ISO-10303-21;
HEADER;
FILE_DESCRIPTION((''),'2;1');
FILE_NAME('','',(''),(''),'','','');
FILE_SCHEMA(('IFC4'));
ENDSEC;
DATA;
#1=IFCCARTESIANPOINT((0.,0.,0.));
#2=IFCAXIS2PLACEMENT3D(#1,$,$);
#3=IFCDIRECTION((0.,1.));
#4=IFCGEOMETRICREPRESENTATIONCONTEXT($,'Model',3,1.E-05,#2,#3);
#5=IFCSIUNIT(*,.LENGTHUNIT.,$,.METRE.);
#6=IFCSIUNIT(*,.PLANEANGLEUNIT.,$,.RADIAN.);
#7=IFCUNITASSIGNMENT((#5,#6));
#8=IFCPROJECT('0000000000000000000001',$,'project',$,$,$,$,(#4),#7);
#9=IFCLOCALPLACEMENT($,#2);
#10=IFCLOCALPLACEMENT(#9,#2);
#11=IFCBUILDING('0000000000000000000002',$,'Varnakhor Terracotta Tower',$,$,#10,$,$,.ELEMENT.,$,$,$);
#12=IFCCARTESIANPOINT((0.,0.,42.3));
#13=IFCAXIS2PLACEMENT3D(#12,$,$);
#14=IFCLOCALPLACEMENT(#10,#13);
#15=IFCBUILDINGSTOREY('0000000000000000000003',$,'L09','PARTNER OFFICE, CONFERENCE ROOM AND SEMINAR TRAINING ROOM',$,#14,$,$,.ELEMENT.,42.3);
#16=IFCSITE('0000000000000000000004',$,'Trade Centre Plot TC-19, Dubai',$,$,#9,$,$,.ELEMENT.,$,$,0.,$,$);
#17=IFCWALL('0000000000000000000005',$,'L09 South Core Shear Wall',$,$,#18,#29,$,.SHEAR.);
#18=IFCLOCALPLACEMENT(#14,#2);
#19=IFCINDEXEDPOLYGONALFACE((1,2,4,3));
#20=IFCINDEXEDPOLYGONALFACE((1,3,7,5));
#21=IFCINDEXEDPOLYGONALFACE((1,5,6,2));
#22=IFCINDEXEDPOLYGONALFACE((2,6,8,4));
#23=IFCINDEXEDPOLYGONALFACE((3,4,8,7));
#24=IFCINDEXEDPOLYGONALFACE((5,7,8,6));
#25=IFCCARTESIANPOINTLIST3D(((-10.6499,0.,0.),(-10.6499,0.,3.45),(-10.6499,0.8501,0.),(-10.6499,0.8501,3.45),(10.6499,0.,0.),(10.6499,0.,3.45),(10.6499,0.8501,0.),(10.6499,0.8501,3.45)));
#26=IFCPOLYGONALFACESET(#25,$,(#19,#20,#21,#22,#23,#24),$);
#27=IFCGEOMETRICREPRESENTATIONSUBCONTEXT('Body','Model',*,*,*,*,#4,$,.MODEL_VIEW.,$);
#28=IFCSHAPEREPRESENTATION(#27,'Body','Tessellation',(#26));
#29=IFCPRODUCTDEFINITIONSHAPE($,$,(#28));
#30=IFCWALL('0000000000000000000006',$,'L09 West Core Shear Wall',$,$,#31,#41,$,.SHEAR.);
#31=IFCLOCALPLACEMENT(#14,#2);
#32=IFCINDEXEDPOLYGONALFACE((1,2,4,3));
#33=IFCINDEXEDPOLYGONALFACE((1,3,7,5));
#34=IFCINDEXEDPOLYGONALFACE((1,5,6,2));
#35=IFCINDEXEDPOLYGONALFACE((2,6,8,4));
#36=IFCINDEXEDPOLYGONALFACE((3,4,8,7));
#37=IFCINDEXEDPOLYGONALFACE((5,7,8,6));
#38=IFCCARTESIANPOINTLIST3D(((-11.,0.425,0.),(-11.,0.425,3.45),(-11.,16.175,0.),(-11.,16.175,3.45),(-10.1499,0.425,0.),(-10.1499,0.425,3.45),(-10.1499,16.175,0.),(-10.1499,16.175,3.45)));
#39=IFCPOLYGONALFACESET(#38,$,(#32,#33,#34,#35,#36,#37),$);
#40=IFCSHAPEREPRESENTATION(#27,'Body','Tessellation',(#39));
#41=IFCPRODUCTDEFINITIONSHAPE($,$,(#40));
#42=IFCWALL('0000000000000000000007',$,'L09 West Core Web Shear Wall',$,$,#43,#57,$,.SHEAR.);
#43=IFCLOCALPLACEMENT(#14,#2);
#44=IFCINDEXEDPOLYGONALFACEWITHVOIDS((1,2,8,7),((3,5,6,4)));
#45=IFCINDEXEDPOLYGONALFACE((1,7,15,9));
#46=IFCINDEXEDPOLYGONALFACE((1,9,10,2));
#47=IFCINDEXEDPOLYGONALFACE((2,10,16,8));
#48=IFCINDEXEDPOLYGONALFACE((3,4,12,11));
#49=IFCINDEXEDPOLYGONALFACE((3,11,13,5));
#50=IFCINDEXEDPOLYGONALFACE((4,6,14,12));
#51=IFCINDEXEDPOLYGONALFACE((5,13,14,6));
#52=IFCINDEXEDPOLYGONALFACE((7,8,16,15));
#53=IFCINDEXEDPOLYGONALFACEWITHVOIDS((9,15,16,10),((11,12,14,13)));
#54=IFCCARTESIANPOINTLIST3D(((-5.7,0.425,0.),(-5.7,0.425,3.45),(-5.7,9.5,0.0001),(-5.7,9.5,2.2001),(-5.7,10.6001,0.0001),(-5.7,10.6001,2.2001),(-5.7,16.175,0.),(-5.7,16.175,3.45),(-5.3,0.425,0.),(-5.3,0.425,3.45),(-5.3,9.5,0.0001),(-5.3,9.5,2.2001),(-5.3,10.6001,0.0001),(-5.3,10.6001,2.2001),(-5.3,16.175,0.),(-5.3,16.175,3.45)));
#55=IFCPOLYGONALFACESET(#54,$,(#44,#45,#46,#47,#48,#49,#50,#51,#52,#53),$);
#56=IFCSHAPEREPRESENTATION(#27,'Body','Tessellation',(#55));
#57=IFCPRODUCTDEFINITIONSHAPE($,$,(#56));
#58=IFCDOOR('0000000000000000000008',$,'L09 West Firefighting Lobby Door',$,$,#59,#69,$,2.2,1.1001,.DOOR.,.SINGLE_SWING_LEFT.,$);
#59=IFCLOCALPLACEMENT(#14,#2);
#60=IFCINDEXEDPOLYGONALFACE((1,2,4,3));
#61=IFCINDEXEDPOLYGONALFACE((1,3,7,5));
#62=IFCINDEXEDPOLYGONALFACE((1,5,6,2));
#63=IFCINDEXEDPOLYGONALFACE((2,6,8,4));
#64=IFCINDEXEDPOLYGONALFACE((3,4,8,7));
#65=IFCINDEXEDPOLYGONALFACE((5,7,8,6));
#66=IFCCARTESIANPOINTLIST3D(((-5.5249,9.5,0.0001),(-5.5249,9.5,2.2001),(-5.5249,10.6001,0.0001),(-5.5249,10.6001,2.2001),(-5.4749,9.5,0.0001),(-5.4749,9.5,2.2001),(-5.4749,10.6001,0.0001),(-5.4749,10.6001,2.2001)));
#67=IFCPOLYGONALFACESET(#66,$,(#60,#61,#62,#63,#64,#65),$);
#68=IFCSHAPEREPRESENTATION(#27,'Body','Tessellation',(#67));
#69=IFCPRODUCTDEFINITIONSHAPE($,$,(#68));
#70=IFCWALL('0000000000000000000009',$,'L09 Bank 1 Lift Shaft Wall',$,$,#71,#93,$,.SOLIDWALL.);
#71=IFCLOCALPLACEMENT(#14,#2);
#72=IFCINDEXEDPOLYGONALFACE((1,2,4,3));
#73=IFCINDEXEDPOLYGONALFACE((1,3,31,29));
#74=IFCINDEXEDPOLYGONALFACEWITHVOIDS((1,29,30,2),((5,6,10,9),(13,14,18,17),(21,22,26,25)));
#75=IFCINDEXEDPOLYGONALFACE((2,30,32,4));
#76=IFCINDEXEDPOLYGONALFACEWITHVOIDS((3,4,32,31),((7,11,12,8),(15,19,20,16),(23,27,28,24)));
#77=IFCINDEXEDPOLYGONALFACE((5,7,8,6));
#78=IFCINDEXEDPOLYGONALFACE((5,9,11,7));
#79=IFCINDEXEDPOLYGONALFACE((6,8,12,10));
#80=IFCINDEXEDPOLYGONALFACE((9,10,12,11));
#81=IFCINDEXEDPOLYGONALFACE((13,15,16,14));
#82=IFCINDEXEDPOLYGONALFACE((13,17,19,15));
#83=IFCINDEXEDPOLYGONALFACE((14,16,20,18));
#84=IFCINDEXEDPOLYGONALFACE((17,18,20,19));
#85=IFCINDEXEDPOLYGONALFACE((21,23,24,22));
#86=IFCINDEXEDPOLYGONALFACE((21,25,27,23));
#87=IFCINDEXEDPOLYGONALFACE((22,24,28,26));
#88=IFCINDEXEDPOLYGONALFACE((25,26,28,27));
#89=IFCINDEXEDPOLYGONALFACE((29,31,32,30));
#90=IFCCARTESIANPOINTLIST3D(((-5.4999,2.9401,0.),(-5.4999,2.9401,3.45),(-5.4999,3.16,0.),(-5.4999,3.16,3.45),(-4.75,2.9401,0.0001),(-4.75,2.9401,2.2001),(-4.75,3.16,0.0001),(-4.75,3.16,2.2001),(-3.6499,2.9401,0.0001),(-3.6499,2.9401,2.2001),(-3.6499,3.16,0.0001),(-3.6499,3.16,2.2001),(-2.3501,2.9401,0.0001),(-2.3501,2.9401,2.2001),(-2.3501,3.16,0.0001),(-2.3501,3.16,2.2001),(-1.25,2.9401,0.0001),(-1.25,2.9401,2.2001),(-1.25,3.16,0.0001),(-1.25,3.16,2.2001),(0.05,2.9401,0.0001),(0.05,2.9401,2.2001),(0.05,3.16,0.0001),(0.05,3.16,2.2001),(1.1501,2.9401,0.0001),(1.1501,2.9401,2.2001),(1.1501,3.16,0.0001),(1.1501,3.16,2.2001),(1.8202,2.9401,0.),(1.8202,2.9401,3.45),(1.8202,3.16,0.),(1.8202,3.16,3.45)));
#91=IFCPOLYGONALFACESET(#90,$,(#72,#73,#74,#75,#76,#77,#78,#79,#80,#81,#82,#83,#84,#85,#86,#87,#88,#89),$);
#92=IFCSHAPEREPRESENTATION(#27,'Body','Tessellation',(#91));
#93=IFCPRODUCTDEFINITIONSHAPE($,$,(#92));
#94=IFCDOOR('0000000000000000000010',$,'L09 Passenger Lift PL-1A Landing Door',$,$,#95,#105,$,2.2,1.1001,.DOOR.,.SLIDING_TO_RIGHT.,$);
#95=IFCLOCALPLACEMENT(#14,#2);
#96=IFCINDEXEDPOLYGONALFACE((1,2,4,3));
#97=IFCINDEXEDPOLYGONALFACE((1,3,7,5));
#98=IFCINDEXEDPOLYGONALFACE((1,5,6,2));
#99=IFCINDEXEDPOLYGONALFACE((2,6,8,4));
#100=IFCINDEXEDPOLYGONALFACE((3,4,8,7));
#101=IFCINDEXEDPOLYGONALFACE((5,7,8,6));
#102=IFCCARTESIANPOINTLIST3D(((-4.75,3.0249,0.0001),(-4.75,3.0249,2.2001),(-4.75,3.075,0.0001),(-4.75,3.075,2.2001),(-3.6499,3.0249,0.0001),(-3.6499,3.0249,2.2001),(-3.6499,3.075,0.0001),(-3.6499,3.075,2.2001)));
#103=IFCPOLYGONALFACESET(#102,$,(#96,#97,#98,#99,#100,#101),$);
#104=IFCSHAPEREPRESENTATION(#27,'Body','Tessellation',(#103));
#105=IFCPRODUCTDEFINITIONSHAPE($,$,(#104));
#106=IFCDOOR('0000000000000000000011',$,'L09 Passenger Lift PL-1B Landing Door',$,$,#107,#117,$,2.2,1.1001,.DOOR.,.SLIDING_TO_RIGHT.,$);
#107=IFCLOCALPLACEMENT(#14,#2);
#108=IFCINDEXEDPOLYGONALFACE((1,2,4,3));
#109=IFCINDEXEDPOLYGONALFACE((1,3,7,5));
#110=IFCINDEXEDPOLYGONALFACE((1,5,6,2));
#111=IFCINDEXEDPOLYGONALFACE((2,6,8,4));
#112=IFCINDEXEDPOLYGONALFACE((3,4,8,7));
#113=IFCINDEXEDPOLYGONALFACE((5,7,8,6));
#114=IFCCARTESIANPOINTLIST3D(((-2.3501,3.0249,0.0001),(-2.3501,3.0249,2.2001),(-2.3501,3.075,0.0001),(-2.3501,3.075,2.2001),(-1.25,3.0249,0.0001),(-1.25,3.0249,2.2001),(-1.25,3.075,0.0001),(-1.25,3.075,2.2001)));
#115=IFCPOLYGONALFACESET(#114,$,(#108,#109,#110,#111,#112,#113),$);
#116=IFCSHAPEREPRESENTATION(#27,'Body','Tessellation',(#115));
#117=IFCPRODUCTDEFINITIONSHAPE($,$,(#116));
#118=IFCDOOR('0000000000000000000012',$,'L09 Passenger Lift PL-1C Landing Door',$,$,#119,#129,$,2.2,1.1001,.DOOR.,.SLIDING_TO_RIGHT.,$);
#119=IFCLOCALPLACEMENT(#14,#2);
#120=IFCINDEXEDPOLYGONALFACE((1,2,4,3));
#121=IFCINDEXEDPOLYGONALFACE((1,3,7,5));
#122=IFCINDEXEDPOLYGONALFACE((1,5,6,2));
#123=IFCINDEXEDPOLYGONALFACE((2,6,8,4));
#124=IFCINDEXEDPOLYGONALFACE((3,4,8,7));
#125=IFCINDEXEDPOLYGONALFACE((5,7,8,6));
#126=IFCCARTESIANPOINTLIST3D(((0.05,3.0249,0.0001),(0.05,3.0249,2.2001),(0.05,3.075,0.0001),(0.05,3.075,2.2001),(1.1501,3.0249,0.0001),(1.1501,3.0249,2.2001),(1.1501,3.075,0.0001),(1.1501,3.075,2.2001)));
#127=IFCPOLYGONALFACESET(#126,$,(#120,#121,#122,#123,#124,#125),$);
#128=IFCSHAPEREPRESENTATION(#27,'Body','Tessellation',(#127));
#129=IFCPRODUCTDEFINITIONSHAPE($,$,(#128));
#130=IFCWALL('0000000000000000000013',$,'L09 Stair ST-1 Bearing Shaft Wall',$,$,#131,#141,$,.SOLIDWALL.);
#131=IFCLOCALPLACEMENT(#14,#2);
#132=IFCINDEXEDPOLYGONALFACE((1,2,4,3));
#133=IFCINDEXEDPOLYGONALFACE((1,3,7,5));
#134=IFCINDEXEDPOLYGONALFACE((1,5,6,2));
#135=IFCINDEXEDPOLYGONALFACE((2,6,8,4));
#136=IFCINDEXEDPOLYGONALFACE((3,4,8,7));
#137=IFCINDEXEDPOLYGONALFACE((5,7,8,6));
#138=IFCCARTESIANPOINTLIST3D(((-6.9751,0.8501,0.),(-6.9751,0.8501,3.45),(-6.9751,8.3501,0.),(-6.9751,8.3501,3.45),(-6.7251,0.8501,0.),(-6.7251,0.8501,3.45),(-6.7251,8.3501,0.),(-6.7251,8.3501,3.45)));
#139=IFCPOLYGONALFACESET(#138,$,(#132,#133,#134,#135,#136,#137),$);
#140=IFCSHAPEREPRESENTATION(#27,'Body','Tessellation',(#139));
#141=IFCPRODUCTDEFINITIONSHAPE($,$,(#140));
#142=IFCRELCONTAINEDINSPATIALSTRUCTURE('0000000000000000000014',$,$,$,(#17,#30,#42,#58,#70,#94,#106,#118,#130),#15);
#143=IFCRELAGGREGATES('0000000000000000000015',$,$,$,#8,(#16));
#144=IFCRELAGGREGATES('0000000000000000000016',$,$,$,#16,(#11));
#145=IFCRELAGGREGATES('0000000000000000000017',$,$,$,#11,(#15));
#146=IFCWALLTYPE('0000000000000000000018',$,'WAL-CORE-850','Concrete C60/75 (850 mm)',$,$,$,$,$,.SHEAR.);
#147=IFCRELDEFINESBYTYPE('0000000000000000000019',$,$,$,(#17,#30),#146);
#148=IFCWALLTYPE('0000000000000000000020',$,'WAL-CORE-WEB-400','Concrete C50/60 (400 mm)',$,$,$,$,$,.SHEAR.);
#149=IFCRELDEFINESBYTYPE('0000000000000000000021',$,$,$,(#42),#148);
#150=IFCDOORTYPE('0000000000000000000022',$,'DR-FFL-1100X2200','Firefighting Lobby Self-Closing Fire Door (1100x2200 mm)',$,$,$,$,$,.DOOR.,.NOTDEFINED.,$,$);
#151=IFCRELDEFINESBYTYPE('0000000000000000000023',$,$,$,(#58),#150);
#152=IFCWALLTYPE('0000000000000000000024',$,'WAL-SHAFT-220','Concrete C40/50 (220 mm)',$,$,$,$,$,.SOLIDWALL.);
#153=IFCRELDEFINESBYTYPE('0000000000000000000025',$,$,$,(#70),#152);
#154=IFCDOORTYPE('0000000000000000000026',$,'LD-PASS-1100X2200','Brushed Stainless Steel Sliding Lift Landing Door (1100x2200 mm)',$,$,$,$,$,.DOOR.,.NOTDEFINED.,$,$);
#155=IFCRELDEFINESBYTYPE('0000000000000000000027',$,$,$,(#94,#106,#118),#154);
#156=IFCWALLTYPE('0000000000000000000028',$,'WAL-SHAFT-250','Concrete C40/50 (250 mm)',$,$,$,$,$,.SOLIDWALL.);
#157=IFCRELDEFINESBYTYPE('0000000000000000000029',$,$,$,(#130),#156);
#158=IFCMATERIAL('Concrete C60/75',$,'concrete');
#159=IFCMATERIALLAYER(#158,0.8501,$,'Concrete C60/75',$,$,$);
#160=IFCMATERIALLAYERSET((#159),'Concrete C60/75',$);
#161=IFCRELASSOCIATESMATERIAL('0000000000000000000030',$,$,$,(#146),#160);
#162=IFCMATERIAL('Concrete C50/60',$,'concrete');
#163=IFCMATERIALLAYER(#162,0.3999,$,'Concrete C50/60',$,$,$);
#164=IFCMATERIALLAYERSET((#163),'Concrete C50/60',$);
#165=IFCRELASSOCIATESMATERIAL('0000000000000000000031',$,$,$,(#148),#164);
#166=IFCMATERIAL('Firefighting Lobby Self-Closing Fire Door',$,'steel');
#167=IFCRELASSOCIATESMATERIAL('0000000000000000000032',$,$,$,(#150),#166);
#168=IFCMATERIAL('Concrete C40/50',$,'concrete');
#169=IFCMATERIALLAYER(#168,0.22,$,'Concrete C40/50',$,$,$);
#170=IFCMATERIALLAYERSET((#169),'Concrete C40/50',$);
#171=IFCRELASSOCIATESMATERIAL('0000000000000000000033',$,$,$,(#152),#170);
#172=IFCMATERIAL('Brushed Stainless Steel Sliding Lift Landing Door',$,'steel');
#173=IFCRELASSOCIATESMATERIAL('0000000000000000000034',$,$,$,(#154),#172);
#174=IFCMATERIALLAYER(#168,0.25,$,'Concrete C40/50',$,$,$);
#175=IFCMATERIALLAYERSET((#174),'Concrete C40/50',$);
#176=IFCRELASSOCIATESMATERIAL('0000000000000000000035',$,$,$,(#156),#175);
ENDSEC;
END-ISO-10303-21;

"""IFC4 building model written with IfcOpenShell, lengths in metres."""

from ifc_helpers import new_model, si_unit, direction, frame, frame_2d, origin, place, context, subcontext, project, spatial, rectangle, extrude, source, transform, mapped, material, layer, layer_set, type_object, type_shapes, element, fill, save


model = new_model("IFC4")

# Units and contexts
model_context = context("Model", 3, precision=1e-05, world=origin(), true_north=direction((0.0, 1.0)))
body_context = subcontext(model_context, "Body", "Model", "MODEL_VIEW")
ifc_project = project(units=[si_unit("LENGTHUNIT", "METRE"), si_unit("PLANEANGLEUNIT", "RADIAN")], contexts=[model_context])

# Site, building, storey
site_placement = place(None, origin())
site = spatial("IfcSite", under=ifc_project, at=site_placement, Name="Trade Centre Plot TC-19, Dubai", CompositionType="ELEMENT", RefElevation=0.0)
building_placement = place(site_placement, origin())
building = spatial("IfcBuilding", under=site, at=building_placement, Name="Varnakhor Terracotta Tower", CompositionType="ELEMENT")
storey_placement = place(building_placement, frame((0.0, 0.0, 42.3)))
storey = spatial("IfcBuildingStorey", under=building, at=storey_placement, Name="L09", Description="PARTNER OFFICE, CONFERENCE ROOM AND SEMINAR TRAINING ROOM", CompositionType="ELEMENT", Elevation=42.3)

# Shared definitions
ifc_material_1 = material(Name="Concrete C50/60", Category="concrete")

# Walls
ifc_material_2 = material(Name="Concrete C60/75", Category="concrete")
ifc_layer_1 = layer(ifc_material_2, 0.8501, Name="Concrete C60/75")
ifc_layer_set_1 = layer_set([ifc_layer_1], Name="Concrete C60/75")
wall_type_1 = type_object("IfcWallType", Name="WAL-CORE-850", Description="Concrete C60/75 (850 mm)", PredefinedType="SHEAR", material=ifc_layer_set_1)
wall_1_placement = place(storey_placement, frame((-10.6499, 0.425, 0.0), z_axis=(0.0, 0.0, 1.0), x_axis=(1.0, 0.0, 0.0)))
element("IfcWall", 1, at=wall_1_placement, inside=storey, type_object=wall_type_1, Name="L09 South Core Shear Wall", PredefinedType="SHEAR", context=body_context, shape_type="SweptSolid", body=[
    extrude(rectangle(XDim=21.2998, YDim=0.8501, at=frame_2d((10.6499, 0.0))), origin(), (0.0, 0.0, 1.0), 3.45),
])
wall_2_placement = place(storey_placement, frame((-10.575, 0.425, 0.0), z_axis=(0.0, 0.0, 1.0), x_axis=(0.0, 1.0, 0.0)))
element("IfcWall", 2, at=wall_2_placement, inside=storey, type_object=wall_type_1, Name="L09 West Core Shear Wall", PredefinedType="SHEAR", context=body_context, shape_type="SweptSolid", body=[
    extrude(rectangle(XDim=15.75, YDim=0.8501, at=frame_2d((7.875, 0.0))), origin(), (0.0, 0.0, 1.0), 3.45),
])

# Wall, opening, door
ifc_layer_2 = layer(ifc_material_1, 0.3999, Name="Concrete C50/60")
ifc_layer_set_2 = layer_set([ifc_layer_2], Name="Concrete C50/60")
wall_type_2 = type_object("IfcWallType", Name="WAL-CORE-WEB-400", Description="Concrete C50/60 (400 mm)", PredefinedType="SHEAR", material=ifc_layer_set_2)
wall_3_placement = place(storey_placement, frame((-5.5, 0.425, 0.0), z_axis=(0.0, 0.0, 1.0), x_axis=(0.0, 1.0, 0.0)))
wall_3 = element("IfcWall", 3, at=wall_3_placement, inside=storey, type_object=wall_type_2, Name="L09 West Core Web Shear Wall", PredefinedType="SHEAR", context=body_context, shape_type="SweptSolid", body=[
    extrude(rectangle(XDim=15.75, YDim=0.3999, at=frame_2d((7.875, 0.0))), origin(), (0.0, 0.0, 1.0), 3.45),
])
opening_1_placement = place(wall_3_placement, frame((9.075, 0.0, 0.0)))
opening_1 = element("IfcOpeningElement", 4, at=opening_1_placement, cuts=wall_3, PredefinedType="OPENING", context=body_context, shape_type="SweptSolid", body=[
    extrude(rectangle(XDim=1.1001, YDim=2.2, at=frame_2d((0.55, 1.1001))), frame((0.0, 0.21, 0.0), z_axis=(0.0, -1.0, 0.0), x_axis=(1.0, 0.0, 0.0)), (0.0, 0.0, 1.0), 0.4199),
])
ifc_material_3 = material(Name="Firefighting Lobby Self-Closing Fire Door", Category="steel")
door_type_1 = type_object("IfcDoorType", Name="DR-FFL-1100X2200", Description="Firefighting Lobby Self-Closing Fire Door (1100x2200 mm)", OperationType="NOTDEFINED", PredefinedType="DOOR", material=ifc_material_3)
shared_shape_1 = source(origin(), body_context, "Body", "SweptSolid", [
    extrude(rectangle(XDim=1.1001, YDim=2.2, at=frame_2d((0.55, 1.1001))), frame((0.0, 0.0249, 0.0), z_axis=(0.0, -1.0, 0.0), x_axis=(1.0, 0.0, 0.0)), (0.0, 0.0, 1.0), 0.05),
])
type_shapes(door_type_1, [shared_shape_1])
door_1_placement = place(opening_1_placement, origin())
door_1 = element("IfcDoor", 5, at=door_1_placement, inside=storey, type_object=door_type_1, Name="L09 West Firefighting Lobby Door", OperationType="SINGLE_SWING_LEFT", OverallHeight=2.2, OverallWidth=1.1001, PredefinedType="DOOR", context=body_context, shape_type="MappedRepresentation", body=[
    mapped(shared_shape_1, transform((0.0, 0.0, 0.0), scale=1.0)),
])
fill(opening_1, door_1)

# Wall, openings, doors
ifc_material_4 = material(Name="Concrete C40/50", Category="concrete")
ifc_layer_3 = layer(ifc_material_4, 0.22, Name="Concrete C40/50")
ifc_layer_set_3 = layer_set([ifc_layer_3], Name="Concrete C40/50")
wall_type_3 = type_object("IfcWallType", Name="WAL-SHAFT-220", Description="Concrete C40/50 (220 mm)", PredefinedType="SOLIDWALL", material=ifc_layer_set_3)
wall_4_placement = place(storey_placement, frame((-5.5, 3.05, 0.0), z_axis=(0.0, 0.0, 1.0), x_axis=(1.0, 0.0, 0.0)))
wall_4 = element("IfcWall", 6, at=wall_4_placement, inside=storey, type_object=wall_type_3, Name="L09 Bank 1 Lift Shaft Wall", PredefinedType="SOLIDWALL", context=body_context, shape_type="SweptSolid", body=[
    extrude(rectangle(XDim=7.3201, YDim=0.22, at=frame_2d((3.6602, 0.0))), origin(), (0.0, 0.0, 1.0), 3.45),
])
opening_2_placement = place(wall_4_placement, frame((0.75, 0.0, 0.0)))
opening_2 = element("IfcOpeningElement", 7, at=opening_2_placement, cuts=wall_4, PredefinedType="OPENING", context=body_context, shape_type="SweptSolid", body=[
    extrude(rectangle(XDim=1.1001, YDim=2.2, at=frame_2d((0.55, 1.1001))), frame((0.0, 0.1201, 0.0), z_axis=(0.0, -1.0, 0.0), x_axis=(1.0, 0.0, 0.0)), (0.0, 0.0, 1.0), 0.24),
])
opening_3_placement = place(wall_4_placement, frame((3.1499, 0.0, 0.0)))
opening_3 = element("IfcOpeningElement", 8, at=opening_3_placement, cuts=wall_4, PredefinedType="OPENING", context=body_context, shape_type="SweptSolid", body=[
    extrude(rectangle(XDim=1.1001, YDim=2.2, at=frame_2d((0.55, 1.1001))), frame((0.0, 0.1201, 0.0), z_axis=(0.0, -1.0, 0.0), x_axis=(1.0, 0.0, 0.0)), (0.0, 0.0, 1.0), 0.24),
])
opening_4_placement = place(wall_4_placement, frame((5.55, 0.0, 0.0)))
opening_4 = element("IfcOpeningElement", 9, at=opening_4_placement, cuts=wall_4, PredefinedType="OPENING", context=body_context, shape_type="SweptSolid", body=[
    extrude(rectangle(XDim=1.1001, YDim=2.2, at=frame_2d((0.55, 1.1001))), frame((0.0, 0.1201, 0.0), z_axis=(0.0, -1.0, 0.0), x_axis=(1.0, 0.0, 0.0)), (0.0, 0.0, 1.0), 0.24),
])
ifc_material_5 = material(Name="Brushed Stainless Steel Sliding Lift Landing Door", Category="steel")
door_type_2 = type_object("IfcDoorType", Name="LD-PASS-1100X2200", Description="Brushed Stainless Steel Sliding Lift Landing Door (1100x2200 mm)", OperationType="NOTDEFINED", PredefinedType="DOOR", material=ifc_material_5)
shared_shape_2 = source(origin(), body_context, "Body", "SweptSolid", [
    extrude(rectangle(XDim=1.1001, YDim=2.2, at=frame_2d((0.55, 1.1001))), frame((0.0, 0.0249, 0.0), z_axis=(0.0, -1.0, 0.0), x_axis=(1.0, 0.0, 0.0)), (0.0, 0.0, 1.0), 0.05),
])
type_shapes(door_type_2, [shared_shape_2])
door_2_placement = place(opening_2_placement, origin())
door_2 = element("IfcDoor", 10, at=door_2_placement, inside=storey, type_object=door_type_2, Name="L09 Passenger Lift PL-1A Landing Door", OperationType="SLIDING_TO_RIGHT", OverallHeight=2.2, OverallWidth=1.1001, PredefinedType="DOOR", context=body_context, shape_type="MappedRepresentation", body=[
    mapped(shared_shape_2, transform((0.0, 0.0, 0.0), scale=1.0)),
])
fill(opening_2, door_2)
door_3_placement = place(opening_3_placement, origin())
door_3 = element("IfcDoor", 11, at=door_3_placement, inside=storey, type_object=door_type_2, Name="L09 Passenger Lift PL-1B Landing Door", OperationType="SLIDING_TO_RIGHT", OverallHeight=2.2, OverallWidth=1.1001, PredefinedType="DOOR", context=body_context, shape_type="MappedRepresentation", body=[
    mapped(shared_shape_2, transform((0.0, 0.0, 0.0), scale=1.0)),
])
fill(opening_3, door_3)
door_4_placement = place(opening_4_placement, origin())
door_4 = element("IfcDoor", 12, at=door_4_placement, inside=storey, type_object=door_type_2, Name="L09 Passenger Lift PL-1C Landing Door", OperationType="SLIDING_TO_RIGHT", OverallHeight=2.2, OverallWidth=1.1001, PredefinedType="DOOR", context=body_context, shape_type="MappedRepresentation", body=[
    mapped(shared_shape_2, transform((0.0, 0.0, 0.0), scale=1.0)),
])
fill(opening_4, door_4)

# Wall
ifc_layer_4 = layer(ifc_material_4, 0.25, Name="Concrete C40/50")
ifc_layer_set_4 = layer_set([ifc_layer_4], Name="Concrete C40/50")
wall_type_4 = type_object("IfcWallType", Name="WAL-SHAFT-250", Description="Concrete C40/50 (250 mm)", PredefinedType="SOLIDWALL", material=ifc_layer_set_4)
wall_5_placement = place(storey_placement, frame((-6.8501, 0.8501, 0.0), z_axis=(0.0, 0.0, 1.0), x_axis=(0.0, 1.0, 0.0)))
element("IfcWall", 13, at=wall_5_placement, inside=storey, type_object=wall_type_4, Name="L09 Stair ST-1 Bearing Shaft Wall", PredefinedType="SOLIDWALL", context=body_context, shape_type="SweptSolid", body=[
    extrude(rectangle(XDim=7.5, YDim=0.25, at=frame_2d((3.75, 0.0))), origin(), (0.0, 0.0, 1.0), 3.45),
])

save(model, "model.ifc")
